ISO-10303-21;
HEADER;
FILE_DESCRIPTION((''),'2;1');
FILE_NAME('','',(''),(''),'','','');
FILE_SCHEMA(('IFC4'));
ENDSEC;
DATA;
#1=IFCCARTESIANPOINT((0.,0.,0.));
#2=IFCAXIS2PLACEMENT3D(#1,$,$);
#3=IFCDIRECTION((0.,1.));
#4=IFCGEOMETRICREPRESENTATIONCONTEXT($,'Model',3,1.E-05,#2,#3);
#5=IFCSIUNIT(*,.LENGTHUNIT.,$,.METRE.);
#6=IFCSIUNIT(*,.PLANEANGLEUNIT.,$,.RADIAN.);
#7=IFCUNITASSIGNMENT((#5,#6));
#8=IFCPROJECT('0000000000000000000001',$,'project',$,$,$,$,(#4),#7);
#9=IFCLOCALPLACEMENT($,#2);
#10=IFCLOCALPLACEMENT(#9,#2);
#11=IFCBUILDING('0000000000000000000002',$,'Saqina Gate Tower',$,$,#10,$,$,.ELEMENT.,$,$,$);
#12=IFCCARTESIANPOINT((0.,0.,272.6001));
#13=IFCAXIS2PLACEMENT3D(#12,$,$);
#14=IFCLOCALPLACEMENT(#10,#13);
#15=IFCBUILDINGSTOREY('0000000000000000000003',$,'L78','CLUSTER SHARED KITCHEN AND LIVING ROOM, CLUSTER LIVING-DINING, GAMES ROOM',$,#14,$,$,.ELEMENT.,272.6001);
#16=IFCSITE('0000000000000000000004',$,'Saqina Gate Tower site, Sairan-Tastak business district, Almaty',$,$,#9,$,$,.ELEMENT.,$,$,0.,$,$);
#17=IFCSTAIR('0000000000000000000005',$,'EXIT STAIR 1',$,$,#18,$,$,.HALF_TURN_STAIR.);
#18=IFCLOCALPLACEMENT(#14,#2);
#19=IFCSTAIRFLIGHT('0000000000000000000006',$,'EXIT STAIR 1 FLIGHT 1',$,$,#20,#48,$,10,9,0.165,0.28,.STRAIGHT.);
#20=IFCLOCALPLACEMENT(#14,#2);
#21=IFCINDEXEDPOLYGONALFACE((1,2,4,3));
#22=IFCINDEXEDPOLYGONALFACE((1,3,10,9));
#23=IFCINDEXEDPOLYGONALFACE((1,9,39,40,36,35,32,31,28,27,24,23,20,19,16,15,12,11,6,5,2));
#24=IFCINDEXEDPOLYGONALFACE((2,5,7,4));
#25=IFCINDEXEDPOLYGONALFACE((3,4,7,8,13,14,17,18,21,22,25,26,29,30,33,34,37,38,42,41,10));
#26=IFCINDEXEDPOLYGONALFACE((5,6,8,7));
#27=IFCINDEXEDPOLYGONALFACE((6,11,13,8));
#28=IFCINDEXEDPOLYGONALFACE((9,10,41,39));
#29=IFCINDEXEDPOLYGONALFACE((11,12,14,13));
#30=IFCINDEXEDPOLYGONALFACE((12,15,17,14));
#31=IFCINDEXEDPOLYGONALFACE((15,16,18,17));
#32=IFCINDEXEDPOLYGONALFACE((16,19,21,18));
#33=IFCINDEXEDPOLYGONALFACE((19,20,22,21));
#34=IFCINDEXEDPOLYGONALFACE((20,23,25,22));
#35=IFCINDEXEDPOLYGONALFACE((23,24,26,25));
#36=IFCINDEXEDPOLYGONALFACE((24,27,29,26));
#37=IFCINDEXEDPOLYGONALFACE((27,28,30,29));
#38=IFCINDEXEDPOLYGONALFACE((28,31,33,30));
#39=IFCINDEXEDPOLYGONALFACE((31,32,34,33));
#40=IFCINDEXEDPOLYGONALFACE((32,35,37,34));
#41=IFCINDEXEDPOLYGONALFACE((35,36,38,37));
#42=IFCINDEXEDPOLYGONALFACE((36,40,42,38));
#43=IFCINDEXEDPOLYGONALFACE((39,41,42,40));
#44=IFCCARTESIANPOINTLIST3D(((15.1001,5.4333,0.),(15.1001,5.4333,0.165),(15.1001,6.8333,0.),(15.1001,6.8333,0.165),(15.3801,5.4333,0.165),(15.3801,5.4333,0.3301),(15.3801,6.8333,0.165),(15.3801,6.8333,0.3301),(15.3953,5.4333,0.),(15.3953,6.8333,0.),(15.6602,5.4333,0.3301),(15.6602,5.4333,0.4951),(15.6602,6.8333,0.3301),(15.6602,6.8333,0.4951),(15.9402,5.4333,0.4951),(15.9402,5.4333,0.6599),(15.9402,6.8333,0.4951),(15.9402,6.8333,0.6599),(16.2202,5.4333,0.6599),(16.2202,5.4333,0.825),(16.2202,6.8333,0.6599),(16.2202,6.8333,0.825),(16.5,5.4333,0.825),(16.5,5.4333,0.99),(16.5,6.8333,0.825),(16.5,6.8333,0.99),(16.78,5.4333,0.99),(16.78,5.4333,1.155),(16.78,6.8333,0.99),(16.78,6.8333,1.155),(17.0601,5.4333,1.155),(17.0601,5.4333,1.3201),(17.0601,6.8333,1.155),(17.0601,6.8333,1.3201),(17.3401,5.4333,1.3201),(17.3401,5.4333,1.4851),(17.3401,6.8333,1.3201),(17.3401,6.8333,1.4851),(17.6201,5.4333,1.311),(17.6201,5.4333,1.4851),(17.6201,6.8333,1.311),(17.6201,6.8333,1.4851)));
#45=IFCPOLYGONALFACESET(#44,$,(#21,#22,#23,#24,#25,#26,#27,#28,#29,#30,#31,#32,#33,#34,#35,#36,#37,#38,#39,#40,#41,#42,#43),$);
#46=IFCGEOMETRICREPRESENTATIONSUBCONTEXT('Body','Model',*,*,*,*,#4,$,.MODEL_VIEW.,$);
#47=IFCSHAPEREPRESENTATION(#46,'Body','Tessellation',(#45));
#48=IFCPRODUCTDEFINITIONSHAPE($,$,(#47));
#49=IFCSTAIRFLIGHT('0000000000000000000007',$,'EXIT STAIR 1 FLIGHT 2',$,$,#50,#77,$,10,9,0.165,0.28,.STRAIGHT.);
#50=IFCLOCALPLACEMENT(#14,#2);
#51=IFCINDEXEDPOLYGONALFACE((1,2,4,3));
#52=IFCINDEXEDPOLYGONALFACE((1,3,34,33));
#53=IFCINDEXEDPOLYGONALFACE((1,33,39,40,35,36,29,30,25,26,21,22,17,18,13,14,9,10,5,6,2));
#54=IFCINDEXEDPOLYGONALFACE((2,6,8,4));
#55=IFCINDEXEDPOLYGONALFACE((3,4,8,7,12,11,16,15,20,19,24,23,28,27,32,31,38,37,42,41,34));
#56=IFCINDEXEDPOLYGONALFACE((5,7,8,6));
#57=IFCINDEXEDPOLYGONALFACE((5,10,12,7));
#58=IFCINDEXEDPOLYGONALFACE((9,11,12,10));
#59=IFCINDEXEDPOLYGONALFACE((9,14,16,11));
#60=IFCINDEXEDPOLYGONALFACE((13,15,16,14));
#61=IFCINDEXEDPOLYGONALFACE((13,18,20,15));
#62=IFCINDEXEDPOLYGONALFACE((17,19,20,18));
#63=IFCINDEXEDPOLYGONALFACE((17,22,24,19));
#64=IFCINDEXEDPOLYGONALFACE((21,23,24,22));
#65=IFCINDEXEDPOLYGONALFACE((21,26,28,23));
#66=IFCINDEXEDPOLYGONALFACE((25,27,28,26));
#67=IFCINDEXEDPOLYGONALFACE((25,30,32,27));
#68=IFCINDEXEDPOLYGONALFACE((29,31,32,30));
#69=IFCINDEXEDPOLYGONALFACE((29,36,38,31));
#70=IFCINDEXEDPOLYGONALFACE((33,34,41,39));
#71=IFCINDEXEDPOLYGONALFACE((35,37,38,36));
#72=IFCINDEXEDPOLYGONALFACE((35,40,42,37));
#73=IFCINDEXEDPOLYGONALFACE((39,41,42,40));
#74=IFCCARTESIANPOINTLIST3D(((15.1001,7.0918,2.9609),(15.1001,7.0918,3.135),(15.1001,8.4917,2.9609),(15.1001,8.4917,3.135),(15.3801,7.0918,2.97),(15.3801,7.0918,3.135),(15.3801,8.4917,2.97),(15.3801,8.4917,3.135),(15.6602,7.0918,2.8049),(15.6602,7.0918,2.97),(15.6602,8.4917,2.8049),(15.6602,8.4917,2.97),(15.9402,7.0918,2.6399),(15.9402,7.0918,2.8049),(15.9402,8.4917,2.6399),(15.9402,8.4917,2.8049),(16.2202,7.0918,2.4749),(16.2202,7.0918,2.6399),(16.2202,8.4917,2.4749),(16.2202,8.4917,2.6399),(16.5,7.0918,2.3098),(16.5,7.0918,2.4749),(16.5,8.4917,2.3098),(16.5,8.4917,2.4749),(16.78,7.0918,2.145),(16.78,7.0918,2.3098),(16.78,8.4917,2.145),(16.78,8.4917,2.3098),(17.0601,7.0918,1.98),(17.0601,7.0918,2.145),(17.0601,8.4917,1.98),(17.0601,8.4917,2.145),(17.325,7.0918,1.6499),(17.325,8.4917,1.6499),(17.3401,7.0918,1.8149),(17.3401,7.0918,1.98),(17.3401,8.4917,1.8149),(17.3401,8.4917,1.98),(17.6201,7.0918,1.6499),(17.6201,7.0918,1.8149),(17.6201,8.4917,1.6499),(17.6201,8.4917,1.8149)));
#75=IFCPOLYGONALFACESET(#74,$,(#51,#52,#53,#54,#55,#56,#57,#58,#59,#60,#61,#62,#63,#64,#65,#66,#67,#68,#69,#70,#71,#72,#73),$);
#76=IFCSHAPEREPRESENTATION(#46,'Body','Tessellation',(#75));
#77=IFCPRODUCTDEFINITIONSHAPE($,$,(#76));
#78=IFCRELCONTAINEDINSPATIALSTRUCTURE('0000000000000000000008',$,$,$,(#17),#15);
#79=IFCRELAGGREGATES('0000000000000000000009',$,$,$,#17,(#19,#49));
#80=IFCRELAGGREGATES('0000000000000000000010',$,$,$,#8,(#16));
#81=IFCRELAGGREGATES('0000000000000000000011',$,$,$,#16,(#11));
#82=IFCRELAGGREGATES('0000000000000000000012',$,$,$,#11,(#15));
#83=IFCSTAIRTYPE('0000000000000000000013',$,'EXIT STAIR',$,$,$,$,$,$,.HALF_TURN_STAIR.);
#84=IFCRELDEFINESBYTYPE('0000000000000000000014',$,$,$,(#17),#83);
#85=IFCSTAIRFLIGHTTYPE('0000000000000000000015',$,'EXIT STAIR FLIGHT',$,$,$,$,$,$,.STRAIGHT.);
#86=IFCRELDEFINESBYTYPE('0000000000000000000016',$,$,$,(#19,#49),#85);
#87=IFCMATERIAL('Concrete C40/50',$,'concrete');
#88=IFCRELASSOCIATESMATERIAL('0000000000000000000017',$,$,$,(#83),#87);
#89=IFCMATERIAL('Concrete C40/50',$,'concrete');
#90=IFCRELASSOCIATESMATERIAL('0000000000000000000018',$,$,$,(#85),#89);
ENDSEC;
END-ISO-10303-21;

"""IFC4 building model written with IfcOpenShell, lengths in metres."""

from ifc_helpers import new_model, si_unit, direction, frame, origin, place, context, subcontext, project, spatial, polyline, outline, extrude, material, type_object, element, aggregate, save


model = new_model("IFC4")

# Units and contexts
model_context = context("Model", 3, precision=1e-05, world=origin(), true_north=direction((0.0, 1.0)))
body_context = subcontext(model_context, "Body", "Model", "MODEL_VIEW")
ifc_project = project(units=[si_unit("LENGTHUNIT", "METRE"), si_unit("PLANEANGLEUNIT", "RADIAN")], contexts=[model_context])

# Site, building, storey
site_placement = place(None, origin())
site = spatial("IfcSite", under=ifc_project, at=site_placement, Name="Saqina Gate Tower site, Sairan-Tastak business district, Almaty", CompositionType="ELEMENT", RefElevation=0.0)
building_placement = place(site_placement, origin())
building = spatial("IfcBuilding", under=site, at=building_placement, Name="Saqina Gate Tower", CompositionType="ELEMENT")
storey_placement = place(building_placement, frame((0.0, 0.0, 272.6001)))
storey = spatial("IfcBuildingStorey", under=building, at=storey_placement, Name="L78", Description="CLUSTER SHARED KITCHEN AND LIVING ROOM, CLUSTER LIVING-DINING, GAMES ROOM", CompositionType="ELEMENT", Elevation=272.6001)

# Stair, stair flights
ifc_material_1 = material(Name="Concrete C40/50", Category="concrete")
stair_type = type_object("IfcStairType", Name="EXIT STAIR", PredefinedType="HALF_TURN_STAIR", material=ifc_material_1)
stair_placement = place(storey_placement, origin())
stair = element("IfcStair", 1, at=stair_placement, inside=storey, type_object=stair_type, Name="EXIT STAIR 1", PredefinedType="HALF_TURN_STAIR")
ifc_material_2 = material(Name="Concrete C40/50", Category="concrete")
stair_flight_type = type_object("IfcStairFlightType", Name="EXIT STAIR FLIGHT", PredefinedType="STRAIGHT", material=ifc_material_2)
stair_flight_1_placement = place(storey_placement, frame((15.1001, 6.1333, 0.0), z_axis=(0.0, 0.0, 1.0), x_axis=(1.0, 0.0, 0.0)))
stair_flight_1 = element("IfcStairFlight", 2, at=stair_flight_1_placement, type_object=stair_flight_type, Name="EXIT STAIR 1 FLIGHT 1", NumberOfRisers=10, NumberOfTreads=9, PredefinedType="STRAIGHT", RiserHeight=0.165, TreadLength=0.28, context=body_context, shape_type="SweptSolid", body=[
    extrude(outline(polyline([(0.0, 0.0), (0.0, 0.165), (0.28, 0.165), (0.28, 0.3301), (0.5601, 0.3301), (0.5601, 0.4951), (0.8401, 0.4951), (0.8401, 0.6599), (1.1201, 0.6599), (1.1201, 0.825), (1.3999, 0.825), (1.3999, 0.99), (1.6799, 0.99), (1.6799, 1.155), (1.96, 1.155), (1.96, 1.3201), (2.24, 1.3201), (2.24, 1.4851), (2.52, 1.4851), (2.52, 1.6499), (2.52, 1.311), (0.2952, 0.0), (0.0, 0.0)])), frame((0.0, 0.7, 0.0), z_axis=(0.0, -1.0, 0.0), x_axis=(1.0, 0.0, 0.0)), (0.0, 0.0, 1.0), 1.3999),
])
stair_flight_2_placement = place(storey_placement, frame((17.6201, 7.7917, 1.6499), z_axis=(0.0, 0.0, 1.0), x_axis=(-1.0, 0.0, 0.0)))
stair_flight_2 = element("IfcStairFlight", 3, at=stair_flight_2_placement, type_object=stair_flight_type, Name="EXIT STAIR 1 FLIGHT 2", NumberOfRisers=10, NumberOfTreads=9, PredefinedType="STRAIGHT", RiserHeight=0.165, TreadLength=0.28, context=body_context, shape_type="SweptSolid", body=[
    extrude(outline(polyline([(0.0, 0.0), (0.0, 0.165), (0.28, 0.165), (0.28, 0.3301), (0.5601, 0.3301), (0.5601, 0.4951), (0.8401, 0.4951), (0.8401, 0.6599), (1.1201, 0.6599), (1.1201, 0.825), (1.3999, 0.825), (1.3999, 0.99), (1.6799, 0.99), (1.6799, 1.155), (1.96, 1.155), (1.96, 1.3201), (2.24, 1.3201), (2.24, 1.4851), (2.52, 1.4851), (2.52, 1.6499), (2.52, 1.311), (0.2952, 0.0), (0.0, 0.0)])), frame((0.0, 0.7, 0.0), z_axis=(0.0, -1.0, 0.0), x_axis=(1.0, 0.0, 0.0)), (0.0, 0.0, 1.0), 1.3999),
])
aggregate(stair, [stair_flight_1, stair_flight_2])

save(model, "model.ifc")
